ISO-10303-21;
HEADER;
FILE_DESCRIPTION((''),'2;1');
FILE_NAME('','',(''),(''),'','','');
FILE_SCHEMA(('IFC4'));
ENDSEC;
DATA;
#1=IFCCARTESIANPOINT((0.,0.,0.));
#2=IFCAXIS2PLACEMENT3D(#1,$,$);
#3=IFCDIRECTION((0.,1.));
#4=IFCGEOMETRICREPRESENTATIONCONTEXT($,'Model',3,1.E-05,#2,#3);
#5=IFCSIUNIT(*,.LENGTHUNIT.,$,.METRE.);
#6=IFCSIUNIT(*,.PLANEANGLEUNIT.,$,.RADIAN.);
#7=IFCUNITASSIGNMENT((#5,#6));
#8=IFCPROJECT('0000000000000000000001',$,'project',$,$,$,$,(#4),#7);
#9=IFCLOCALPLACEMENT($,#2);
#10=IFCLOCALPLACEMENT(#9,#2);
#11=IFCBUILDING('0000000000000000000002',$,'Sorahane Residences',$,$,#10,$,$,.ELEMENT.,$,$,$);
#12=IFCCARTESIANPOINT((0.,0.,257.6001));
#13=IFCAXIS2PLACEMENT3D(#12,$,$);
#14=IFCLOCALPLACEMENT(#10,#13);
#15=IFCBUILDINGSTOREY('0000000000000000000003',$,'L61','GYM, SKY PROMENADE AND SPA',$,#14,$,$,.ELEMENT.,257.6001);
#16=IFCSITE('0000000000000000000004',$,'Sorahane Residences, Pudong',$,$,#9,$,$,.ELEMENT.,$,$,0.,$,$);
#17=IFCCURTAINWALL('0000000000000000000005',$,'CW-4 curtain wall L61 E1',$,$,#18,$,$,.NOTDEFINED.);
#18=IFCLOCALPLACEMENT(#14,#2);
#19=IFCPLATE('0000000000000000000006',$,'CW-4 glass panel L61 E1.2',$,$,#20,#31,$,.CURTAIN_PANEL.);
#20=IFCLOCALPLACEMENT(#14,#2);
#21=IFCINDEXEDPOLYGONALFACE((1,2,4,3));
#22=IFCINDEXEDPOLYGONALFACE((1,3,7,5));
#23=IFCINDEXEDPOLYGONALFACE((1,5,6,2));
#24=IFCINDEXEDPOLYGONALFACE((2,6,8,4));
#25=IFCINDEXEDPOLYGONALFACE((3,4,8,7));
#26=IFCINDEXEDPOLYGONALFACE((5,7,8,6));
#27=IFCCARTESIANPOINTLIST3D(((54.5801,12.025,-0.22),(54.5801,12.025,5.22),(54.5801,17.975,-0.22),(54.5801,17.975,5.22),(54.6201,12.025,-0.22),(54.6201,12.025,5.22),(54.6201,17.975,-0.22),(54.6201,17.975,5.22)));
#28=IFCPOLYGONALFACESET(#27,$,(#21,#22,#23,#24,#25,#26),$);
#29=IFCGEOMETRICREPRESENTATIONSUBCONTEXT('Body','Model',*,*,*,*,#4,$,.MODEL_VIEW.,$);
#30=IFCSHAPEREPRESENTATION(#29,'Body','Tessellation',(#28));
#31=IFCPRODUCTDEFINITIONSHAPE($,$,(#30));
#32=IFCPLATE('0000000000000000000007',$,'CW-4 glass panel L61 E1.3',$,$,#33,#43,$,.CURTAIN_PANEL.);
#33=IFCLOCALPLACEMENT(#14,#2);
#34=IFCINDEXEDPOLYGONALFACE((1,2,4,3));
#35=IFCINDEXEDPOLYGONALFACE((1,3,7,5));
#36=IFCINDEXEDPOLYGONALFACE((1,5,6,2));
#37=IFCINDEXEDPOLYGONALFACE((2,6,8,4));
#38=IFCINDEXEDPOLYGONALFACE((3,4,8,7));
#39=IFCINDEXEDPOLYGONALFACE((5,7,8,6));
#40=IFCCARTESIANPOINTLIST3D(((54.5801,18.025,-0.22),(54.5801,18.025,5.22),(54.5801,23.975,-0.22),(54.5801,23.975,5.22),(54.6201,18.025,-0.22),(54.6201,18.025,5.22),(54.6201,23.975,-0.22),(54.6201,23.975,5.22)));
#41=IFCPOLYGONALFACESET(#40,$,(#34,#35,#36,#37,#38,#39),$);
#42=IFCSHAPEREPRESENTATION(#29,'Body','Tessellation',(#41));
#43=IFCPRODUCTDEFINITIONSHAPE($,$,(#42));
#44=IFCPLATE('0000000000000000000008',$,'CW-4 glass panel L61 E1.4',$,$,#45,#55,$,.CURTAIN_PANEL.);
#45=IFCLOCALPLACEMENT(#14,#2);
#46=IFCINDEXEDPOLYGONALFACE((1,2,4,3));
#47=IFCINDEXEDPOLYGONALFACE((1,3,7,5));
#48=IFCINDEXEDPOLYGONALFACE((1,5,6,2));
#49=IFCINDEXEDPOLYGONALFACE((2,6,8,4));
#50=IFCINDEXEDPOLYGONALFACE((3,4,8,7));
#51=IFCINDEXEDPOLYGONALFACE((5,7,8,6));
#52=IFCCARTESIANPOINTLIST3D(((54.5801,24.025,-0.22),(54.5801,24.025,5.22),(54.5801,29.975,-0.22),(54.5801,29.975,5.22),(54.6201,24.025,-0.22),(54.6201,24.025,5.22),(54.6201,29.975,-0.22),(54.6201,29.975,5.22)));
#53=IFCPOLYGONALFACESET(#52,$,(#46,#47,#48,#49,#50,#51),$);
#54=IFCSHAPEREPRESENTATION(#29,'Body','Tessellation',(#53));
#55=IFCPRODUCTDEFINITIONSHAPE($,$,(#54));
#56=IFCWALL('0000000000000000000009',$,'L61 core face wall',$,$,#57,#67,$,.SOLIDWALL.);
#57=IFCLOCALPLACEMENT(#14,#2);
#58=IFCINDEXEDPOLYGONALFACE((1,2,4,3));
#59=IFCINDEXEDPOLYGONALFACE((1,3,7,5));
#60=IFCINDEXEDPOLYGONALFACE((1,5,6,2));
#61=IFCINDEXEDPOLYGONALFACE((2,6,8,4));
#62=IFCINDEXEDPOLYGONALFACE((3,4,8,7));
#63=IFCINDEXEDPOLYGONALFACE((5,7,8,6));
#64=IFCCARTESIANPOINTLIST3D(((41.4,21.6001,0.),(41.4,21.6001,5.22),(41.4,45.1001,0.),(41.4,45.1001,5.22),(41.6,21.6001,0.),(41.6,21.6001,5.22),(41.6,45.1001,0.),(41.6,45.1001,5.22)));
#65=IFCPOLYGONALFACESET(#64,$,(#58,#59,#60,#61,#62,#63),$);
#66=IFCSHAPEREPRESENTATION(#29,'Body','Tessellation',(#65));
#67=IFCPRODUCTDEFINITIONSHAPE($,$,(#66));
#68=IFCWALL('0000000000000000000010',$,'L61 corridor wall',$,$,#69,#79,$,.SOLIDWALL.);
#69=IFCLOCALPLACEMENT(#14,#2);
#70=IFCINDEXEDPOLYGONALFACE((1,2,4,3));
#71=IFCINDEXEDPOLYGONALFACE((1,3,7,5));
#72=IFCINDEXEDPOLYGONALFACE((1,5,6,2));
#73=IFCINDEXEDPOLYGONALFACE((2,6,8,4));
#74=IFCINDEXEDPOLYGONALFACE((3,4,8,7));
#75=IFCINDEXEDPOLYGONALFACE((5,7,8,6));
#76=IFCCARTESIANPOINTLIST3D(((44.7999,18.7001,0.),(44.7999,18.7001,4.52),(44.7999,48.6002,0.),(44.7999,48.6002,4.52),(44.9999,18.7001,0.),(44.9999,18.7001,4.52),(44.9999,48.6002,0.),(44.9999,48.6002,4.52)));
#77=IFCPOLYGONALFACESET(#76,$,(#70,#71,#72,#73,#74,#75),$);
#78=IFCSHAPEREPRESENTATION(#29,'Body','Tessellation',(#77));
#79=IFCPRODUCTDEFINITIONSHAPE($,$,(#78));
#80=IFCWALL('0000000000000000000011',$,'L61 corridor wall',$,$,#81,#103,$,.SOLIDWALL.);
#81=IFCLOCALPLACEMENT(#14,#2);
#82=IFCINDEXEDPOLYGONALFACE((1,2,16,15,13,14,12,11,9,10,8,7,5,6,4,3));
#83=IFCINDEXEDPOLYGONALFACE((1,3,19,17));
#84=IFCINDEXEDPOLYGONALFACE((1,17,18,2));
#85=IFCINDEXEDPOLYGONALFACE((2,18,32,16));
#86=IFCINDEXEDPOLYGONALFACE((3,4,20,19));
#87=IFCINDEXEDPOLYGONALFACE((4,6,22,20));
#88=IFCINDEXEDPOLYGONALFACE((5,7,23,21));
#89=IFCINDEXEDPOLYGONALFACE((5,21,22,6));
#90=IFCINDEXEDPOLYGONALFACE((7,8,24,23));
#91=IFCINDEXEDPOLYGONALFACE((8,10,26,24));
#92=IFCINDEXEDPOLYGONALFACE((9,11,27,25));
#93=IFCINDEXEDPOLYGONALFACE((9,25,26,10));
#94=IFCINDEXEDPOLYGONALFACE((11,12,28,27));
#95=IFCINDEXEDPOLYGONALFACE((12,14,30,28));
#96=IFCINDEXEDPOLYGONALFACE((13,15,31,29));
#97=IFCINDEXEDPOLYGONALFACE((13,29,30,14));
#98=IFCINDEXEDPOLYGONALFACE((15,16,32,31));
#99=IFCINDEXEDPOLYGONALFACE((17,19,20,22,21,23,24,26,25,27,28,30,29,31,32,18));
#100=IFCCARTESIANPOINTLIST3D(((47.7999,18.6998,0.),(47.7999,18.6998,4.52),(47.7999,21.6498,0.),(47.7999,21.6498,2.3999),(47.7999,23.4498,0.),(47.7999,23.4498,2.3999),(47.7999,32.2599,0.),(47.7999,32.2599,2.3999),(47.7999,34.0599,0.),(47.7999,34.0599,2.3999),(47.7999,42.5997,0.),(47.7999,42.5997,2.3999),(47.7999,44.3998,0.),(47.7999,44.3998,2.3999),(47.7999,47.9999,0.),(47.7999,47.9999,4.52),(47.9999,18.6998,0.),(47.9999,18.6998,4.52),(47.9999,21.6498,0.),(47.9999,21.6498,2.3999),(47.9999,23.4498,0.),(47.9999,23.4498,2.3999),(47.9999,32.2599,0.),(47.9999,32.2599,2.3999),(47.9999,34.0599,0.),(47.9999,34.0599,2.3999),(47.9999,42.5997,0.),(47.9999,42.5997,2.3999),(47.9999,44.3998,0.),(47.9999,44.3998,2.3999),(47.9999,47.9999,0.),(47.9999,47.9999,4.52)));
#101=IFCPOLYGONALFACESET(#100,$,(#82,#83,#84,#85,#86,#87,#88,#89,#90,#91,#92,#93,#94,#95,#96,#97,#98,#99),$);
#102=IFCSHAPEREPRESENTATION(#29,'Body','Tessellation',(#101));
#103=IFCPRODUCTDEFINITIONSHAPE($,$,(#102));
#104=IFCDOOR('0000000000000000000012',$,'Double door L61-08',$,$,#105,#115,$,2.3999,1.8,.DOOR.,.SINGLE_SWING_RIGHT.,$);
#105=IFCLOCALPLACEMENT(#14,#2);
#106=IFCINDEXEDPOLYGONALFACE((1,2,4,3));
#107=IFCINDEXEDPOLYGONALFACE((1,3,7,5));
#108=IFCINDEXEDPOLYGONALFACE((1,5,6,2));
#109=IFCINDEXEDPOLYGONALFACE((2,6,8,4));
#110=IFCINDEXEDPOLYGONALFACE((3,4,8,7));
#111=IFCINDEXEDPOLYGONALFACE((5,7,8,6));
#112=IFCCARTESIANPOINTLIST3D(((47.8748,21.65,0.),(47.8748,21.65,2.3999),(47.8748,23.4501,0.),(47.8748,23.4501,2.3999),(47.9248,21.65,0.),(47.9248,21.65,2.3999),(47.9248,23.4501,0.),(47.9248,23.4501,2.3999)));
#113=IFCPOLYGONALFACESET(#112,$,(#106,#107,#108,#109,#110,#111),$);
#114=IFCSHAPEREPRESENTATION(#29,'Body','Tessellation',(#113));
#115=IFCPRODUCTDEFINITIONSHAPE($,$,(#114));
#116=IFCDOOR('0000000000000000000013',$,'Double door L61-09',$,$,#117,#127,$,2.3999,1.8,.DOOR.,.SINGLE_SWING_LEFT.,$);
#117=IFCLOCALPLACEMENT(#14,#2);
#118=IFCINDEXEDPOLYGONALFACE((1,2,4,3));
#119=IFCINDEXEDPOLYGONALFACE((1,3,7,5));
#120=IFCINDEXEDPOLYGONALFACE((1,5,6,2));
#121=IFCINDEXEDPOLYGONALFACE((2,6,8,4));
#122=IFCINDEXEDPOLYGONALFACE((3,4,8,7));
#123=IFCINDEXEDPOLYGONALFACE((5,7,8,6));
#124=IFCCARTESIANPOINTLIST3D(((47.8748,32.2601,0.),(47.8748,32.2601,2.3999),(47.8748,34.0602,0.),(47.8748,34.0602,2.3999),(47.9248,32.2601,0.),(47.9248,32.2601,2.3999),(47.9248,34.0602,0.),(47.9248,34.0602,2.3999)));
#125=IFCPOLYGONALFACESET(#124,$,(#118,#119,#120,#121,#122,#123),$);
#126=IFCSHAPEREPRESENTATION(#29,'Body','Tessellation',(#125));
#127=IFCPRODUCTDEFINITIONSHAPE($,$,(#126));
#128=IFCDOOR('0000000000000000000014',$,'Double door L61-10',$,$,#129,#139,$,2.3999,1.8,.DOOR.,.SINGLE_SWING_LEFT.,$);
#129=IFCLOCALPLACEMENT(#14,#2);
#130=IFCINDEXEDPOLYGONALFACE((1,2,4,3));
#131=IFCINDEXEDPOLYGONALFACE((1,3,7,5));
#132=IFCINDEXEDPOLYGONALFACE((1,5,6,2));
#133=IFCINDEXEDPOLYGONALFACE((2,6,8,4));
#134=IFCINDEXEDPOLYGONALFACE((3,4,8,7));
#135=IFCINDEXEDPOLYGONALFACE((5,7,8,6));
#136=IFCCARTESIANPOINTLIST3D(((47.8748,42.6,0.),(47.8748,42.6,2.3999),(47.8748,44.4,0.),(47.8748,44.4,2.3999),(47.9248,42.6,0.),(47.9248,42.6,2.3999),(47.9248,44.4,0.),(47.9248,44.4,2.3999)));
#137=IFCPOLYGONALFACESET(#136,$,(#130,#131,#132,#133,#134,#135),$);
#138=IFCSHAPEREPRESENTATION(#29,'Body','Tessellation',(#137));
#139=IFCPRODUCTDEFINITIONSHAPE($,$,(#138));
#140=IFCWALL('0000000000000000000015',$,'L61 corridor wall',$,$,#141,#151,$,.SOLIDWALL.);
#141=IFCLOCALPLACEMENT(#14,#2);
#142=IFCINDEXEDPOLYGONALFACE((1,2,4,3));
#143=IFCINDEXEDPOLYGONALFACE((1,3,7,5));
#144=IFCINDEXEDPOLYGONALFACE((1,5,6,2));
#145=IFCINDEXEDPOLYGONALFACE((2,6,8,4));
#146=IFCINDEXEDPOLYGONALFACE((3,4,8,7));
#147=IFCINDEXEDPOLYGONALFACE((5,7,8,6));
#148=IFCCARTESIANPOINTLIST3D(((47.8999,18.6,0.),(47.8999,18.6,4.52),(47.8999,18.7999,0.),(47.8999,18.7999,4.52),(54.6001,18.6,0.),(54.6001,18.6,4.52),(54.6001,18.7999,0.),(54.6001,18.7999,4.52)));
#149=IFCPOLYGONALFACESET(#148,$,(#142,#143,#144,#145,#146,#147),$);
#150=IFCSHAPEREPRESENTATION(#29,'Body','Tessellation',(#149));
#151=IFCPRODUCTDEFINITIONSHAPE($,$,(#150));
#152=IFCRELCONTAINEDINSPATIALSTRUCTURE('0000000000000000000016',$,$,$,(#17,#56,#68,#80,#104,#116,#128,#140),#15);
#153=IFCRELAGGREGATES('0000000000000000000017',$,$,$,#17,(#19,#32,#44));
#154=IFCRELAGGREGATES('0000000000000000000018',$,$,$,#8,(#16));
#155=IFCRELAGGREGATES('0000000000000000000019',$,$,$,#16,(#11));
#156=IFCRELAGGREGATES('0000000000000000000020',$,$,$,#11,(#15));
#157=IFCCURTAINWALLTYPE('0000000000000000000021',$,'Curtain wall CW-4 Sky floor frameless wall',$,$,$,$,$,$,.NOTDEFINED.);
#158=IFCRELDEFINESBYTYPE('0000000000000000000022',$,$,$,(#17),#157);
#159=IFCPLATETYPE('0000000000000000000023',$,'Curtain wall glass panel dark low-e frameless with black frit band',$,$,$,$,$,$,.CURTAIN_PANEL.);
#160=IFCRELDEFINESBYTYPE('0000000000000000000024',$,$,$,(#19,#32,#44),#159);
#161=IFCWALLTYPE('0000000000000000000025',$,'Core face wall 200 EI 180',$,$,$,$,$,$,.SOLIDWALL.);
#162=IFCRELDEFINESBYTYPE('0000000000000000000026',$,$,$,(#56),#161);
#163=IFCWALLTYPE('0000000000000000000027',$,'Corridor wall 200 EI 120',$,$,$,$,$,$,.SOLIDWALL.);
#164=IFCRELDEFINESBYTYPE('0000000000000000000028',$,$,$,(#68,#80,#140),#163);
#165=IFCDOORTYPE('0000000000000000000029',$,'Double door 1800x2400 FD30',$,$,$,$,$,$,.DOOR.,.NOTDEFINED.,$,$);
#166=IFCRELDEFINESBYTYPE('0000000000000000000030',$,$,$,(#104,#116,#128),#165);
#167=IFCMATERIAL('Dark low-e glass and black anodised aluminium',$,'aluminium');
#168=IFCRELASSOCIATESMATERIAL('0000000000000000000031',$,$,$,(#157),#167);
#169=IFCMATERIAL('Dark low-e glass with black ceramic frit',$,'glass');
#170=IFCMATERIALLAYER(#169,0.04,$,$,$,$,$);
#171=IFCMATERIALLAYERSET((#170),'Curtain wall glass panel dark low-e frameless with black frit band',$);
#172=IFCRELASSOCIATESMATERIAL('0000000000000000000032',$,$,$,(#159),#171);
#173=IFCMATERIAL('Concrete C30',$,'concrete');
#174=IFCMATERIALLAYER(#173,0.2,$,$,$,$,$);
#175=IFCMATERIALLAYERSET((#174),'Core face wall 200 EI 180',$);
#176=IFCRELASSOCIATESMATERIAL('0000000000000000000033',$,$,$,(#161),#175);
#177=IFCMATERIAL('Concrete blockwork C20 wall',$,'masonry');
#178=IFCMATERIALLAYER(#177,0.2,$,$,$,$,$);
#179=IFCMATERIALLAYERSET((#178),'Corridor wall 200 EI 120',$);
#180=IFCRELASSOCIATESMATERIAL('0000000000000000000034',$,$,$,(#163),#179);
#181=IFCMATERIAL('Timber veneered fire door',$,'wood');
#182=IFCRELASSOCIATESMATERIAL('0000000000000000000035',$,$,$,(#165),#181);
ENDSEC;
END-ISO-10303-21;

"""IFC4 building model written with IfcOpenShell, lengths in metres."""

from ifc_helpers import new_model, si_unit, direction, frame, frame_2d, origin, origin_2d, place, context, subcontext, project, spatial, rectangle, extrude, material, layer, layer_set, type_object, element, fill, aggregate, save


model = new_model("IFC4")

# Units and contexts
model_context = context("Model", 3, precision=1e-05, world=origin(), true_north=direction((0.0, 1.0)))
body_context = subcontext(model_context, "Body", "Model", "MODEL_VIEW")
ifc_project = project(units=[si_unit("LENGTHUNIT", "METRE"), si_unit("PLANEANGLEUNIT", "RADIAN")], contexts=[model_context])

# Site, building, storey
site_placement = place(None, origin())
site = spatial("IfcSite", under=ifc_project, at=site_placement, Name="Sorahane Residences, Pudong", CompositionType="ELEMENT", RefElevation=0.0)
building_placement = place(site_placement, origin())
building = spatial("IfcBuilding", under=site, at=building_placement, Name="Sorahane Residences", CompositionType="ELEMENT")
storey_placement = place(building_placement, frame((0.0, 0.0, 257.6001)))
storey = spatial("IfcBuildingStorey", under=building, at=storey_placement, Name="L61", Description="GYM, SKY PROMENADE AND SPA", CompositionType="ELEMENT", Elevation=257.6001)

# Curtain wall
ifc_material_1 = material(Name="Dark low-e glass and black anodised aluminium", Category="aluminium")
curtain_wall_type = type_object("IfcCurtainWallType", Name="Curtain wall CW-4 Sky floor frameless wall", PredefinedType="NOTDEFINED", material=ifc_material_1)
curtain_wall_placement = place(storey_placement, origin())
curtain_wall = element("IfcCurtainWall", 1, at=curtain_wall_placement, inside=storey, type_object=curtain_wall_type, Name="CW-4 curtain wall L61 E1", PredefinedType="NOTDEFINED")

# Plates
ifc_material_2 = material(Name="Dark low-e glass with black ceramic frit", Category="glass")
ifc_layer_1 = layer(ifc_material_2, 0.04)
ifc_layer_set_1 = layer_set([ifc_layer_1], Name="Curtain wall glass panel dark low-e frameless with black frit band")
plate_type = type_object("IfcPlateType", Name="Curtain wall glass panel dark low-e frameless with black frit band", PredefinedType="CURTAIN_PANEL", material=ifc_layer_set_1)
plate_1_placement = place(storey_placement, frame((54.6001, 15.0, -0.22), z_axis=(0.0, 0.0, 1.0), x_axis=(0.0, 1.0, 0.0)))
plate_1 = element("IfcPlate", 2, at=plate_1_placement, type_object=plate_type, Name="CW-4 glass panel L61 E1.2", PredefinedType="CURTAIN_PANEL", context=body_context, shape_type="SweptSolid", body=[
    extrude(rectangle(XDim=5.95, YDim=0.04, at=origin_2d()), origin(), (0.0, 0.0, 1.0), 5.4399),
])
plate_2_placement = place(storey_placement, frame((54.6001, 21.0, -0.22), z_axis=(0.0, 0.0, 1.0), x_axis=(0.0, 1.0, 0.0)))
plate_2 = element("IfcPlate", 3, at=plate_2_placement, type_object=plate_type, Name="CW-4 glass panel L61 E1.3", PredefinedType="CURTAIN_PANEL", context=body_context, shape_type="SweptSolid", body=[
    extrude(rectangle(XDim=5.95, YDim=0.04, at=origin_2d()), origin(), (0.0, 0.0, 1.0), 5.4399),
])
plate_3_placement = place(storey_placement, frame((54.6001, 27.0, -0.22), z_axis=(0.0, 0.0, 1.0), x_axis=(0.0, 1.0, 0.0)))
plate_3 = element("IfcPlate", 4, at=plate_3_placement, type_object=plate_type, Name="CW-4 glass panel L61 E1.4", PredefinedType="CURTAIN_PANEL", context=body_context, shape_type="SweptSolid", body=[
    extrude(rectangle(XDim=5.95, YDim=0.04, at=origin_2d()), origin(), (0.0, 0.0, 1.0), 5.4399),
])
aggregate(curtain_wall, [plate_1, plate_2, plate_3])

# Walls
ifc_material_3 = material(Name="Concrete C30", Category="concrete")
ifc_layer_2 = layer(ifc_material_3, 0.2)
ifc_layer_set_2 = layer_set([ifc_layer_2], Name="Core face wall 200 EI 180")
wall_type_1 = type_object("IfcWallType", Name="Core face wall 200 EI 180", PredefinedType="SOLIDWALL", material=ifc_layer_set_2)
wall_1_placement = place(storey_placement, frame((41.5, 21.6001, 0.0), z_axis=(0.0, 0.0, 1.0), x_axis=(0.0, 1.0, 0.0)))
element("IfcWall", 5, at=wall_1_placement, inside=storey, type_object=wall_type_1, Name="L61 core face wall", PredefinedType="SOLIDWALL", context=body_context, shape_type="SweptSolid", body=[
    extrude(rectangle(XDim=23.5, YDim=0.2, at=frame_2d((11.75, 0.0))), origin(), (0.0, 0.0, 1.0), 5.22),
])
ifc_material_4 = material(Name="Concrete blockwork C20 wall", Category="masonry")
ifc_layer_3 = layer(ifc_material_4, 0.2)
ifc_layer_set_3 = layer_set([ifc_layer_3], Name="Corridor wall 200 EI 120")
wall_type_2 = type_object("IfcWallType", Name="Corridor wall 200 EI 120", PredefinedType="SOLIDWALL", material=ifc_layer_set_3)
wall_2_placement = place(storey_placement, frame((44.8999, 18.7, 0.0), z_axis=(0.0, 0.0, 1.0), x_axis=(0.0, 1.0, 0.0)))
element("IfcWall", 6, at=wall_2_placement, inside=storey, type_object=wall_type_2, Name="L61 corridor wall", PredefinedType="SOLIDWALL", context=body_context, shape_type="SweptSolid", body=[
    extrude(rectangle(XDim=29.9001, YDim=0.2, at=frame_2d((14.9502, 0.0))), origin(), (0.0, 0.0, 1.0), 4.52),
])

# Wall, openings, doors
wall_3_placement = place(storey_placement, frame((47.8999, 18.7, 0.0), z_axis=(0.0, 0.0, 1.0), x_axis=(0.0, 1.0, 0.0)))
wall_3 = element("IfcWall", 7, at=wall_3_placement, inside=storey, type_object=wall_type_2, Name="L61 corridor wall", PredefinedType="SOLIDWALL", context=body_context, shape_type="SweptSolid", body=[
    extrude(rectangle(XDim=29.3, YDim=0.2, at=frame_2d((14.6499, 0.0))), origin(), (0.0, 0.0, 1.0), 4.52),
])
opening_1_placement = place(wall_3_placement, frame((2.95, 0.0, 0.0)))
opening_1 = element("IfcOpeningElement", 8, at=opening_1_placement, cuts=wall_3, PredefinedType="OPENING", context=body_context, shape_type="SweptSolid", body=[
    extrude(rectangle(XDim=1.8, YDim=2.3999, at=frame_2d((0.8999, 1.2))), frame((0.0, 0.1099, 0.0), z_axis=(0.0, -1.0, 0.0), x_axis=(1.0, 0.0, 0.0)), (0.0, 0.0, 1.0), 0.22),
])
opening_2_placement = place(wall_3_placement, frame((13.5601, 0.0, 0.0)))
opening_2 = element("IfcOpeningElement", 9, at=opening_2_placement, cuts=wall_3, PredefinedType="OPENING", context=body_context, shape_type="SweptSolid", body=[
    extrude(rectangle(XDim=1.8, YDim=2.3999, at=frame_2d((0.8999, 1.2))), frame((0.0, 0.1099, 0.0), z_axis=(0.0, -1.0, 0.0), x_axis=(1.0, 0.0, 0.0)), (0.0, 0.0, 1.0), 0.22),
])
opening_3_placement = place(wall_3_placement, frame((23.8999, 0.0, 0.0)))
opening_3 = element("IfcOpeningElement", 10, at=opening_3_placement, cuts=wall_3, PredefinedType="OPENING", context=body_context, shape_type="SweptSolid", body=[
    extrude(rectangle(XDim=1.8, YDim=2.3999, at=frame_2d((0.8999, 1.2))), frame((0.0, 0.1099, 0.0), z_axis=(0.0, -1.0, 0.0), x_axis=(1.0, 0.0, 0.0)), (0.0, 0.0, 1.0), 0.22),
])
ifc_material_5 = material(Name="Timber veneered fire door", Category="wood")
door_type = type_object("IfcDoorType", Name="Double door 1800x2400 FD30", OperationType="NOTDEFINED", PredefinedType="DOOR", material=ifc_material_5)
door_1_placement = place(opening_1_placement, frame((1.8, 0.0, 0.0), z_axis=(0.0, 0.0, 1.0), x_axis=(-1.0, 0.0, 0.0)))
door_1 = element("IfcDoor", 11, at=door_1_placement, inside=storey, type_object=door_type, Name="Double door L61-08", OperationType="SINGLE_SWING_RIGHT", OverallHeight=2.3999, OverallWidth=1.8, PredefinedType="DOOR", context=body_context, shape_type="SweptSolid", body=[
    extrude(rectangle(XDim=1.8, YDim=2.3999, at=frame_2d((0.8999, 1.2))), frame((0.0, 0.0249, 0.0), z_axis=(0.0, -1.0, 0.0), x_axis=(1.0, 0.0, 0.0)), (0.0, 0.0, 1.0), 0.05),
])
fill(opening_1, door_1)
door_2_placement = place(opening_2_placement, frame((1.8, 0.0, 0.0), z_axis=(0.0, 0.0, 1.0), x_axis=(-1.0, 0.0, 0.0)))
door_2 = element("IfcDoor", 12, at=door_2_placement, inside=storey, type_object=door_type, Name="Double door L61-09", OperationType="SINGLE_SWING_LEFT", OverallHeight=2.3999, OverallWidth=1.8, PredefinedType="DOOR", context=body_context, shape_type="SweptSolid", body=[
    extrude(rectangle(XDim=1.8, YDim=2.3999, at=frame_2d((0.8999, 1.2))), frame((0.0, 0.0249, 0.0), z_axis=(0.0, -1.0, 0.0), x_axis=(1.0, 0.0, 0.0)), (0.0, 0.0, 1.0), 0.05),
])
fill(opening_2, door_2)
door_3_placement = place(opening_3_placement, frame((1.8, 0.0, 0.0), z_axis=(0.0, 0.0, 1.0), x_axis=(-1.0, 0.0, 0.0)))
door_3 = element("IfcDoor", 13, at=door_3_placement, inside=storey, type_object=door_type, Name="Double door L61-10", OperationType="SINGLE_SWING_LEFT", OverallHeight=2.3999, OverallWidth=1.8, PredefinedType="DOOR", context=body_context, shape_type="SweptSolid", body=[
    extrude(rectangle(XDim=1.8, YDim=2.3999, at=frame_2d((0.8999, 1.2))), frame((0.0, 0.0249, 0.0), z_axis=(0.0, -1.0, 0.0), x_axis=(1.0, 0.0, 0.0)), (0.0, 0.0, 1.0), 0.05),
])
fill(opening_3, door_3)

# Wall
wall_4_placement = place(storey_placement, frame((47.8999, 18.7, 0.0), z_axis=(0.0, 0.0, 1.0), x_axis=(1.0, 0.0, 0.0)))
element("IfcWall", 14, at=wall_4_placement, inside=storey, type_object=wall_type_2, Name="L61 corridor wall", PredefinedType="SOLIDWALL", context=body_context, shape_type="SweptSolid", body=[
    extrude(rectangle(XDim=6.7002, YDim=0.2, at=frame_2d((3.3501, 0.0))), origin(), (0.0, 0.0, 1.0), 4.52),
])

save(model, "model.ifc")
